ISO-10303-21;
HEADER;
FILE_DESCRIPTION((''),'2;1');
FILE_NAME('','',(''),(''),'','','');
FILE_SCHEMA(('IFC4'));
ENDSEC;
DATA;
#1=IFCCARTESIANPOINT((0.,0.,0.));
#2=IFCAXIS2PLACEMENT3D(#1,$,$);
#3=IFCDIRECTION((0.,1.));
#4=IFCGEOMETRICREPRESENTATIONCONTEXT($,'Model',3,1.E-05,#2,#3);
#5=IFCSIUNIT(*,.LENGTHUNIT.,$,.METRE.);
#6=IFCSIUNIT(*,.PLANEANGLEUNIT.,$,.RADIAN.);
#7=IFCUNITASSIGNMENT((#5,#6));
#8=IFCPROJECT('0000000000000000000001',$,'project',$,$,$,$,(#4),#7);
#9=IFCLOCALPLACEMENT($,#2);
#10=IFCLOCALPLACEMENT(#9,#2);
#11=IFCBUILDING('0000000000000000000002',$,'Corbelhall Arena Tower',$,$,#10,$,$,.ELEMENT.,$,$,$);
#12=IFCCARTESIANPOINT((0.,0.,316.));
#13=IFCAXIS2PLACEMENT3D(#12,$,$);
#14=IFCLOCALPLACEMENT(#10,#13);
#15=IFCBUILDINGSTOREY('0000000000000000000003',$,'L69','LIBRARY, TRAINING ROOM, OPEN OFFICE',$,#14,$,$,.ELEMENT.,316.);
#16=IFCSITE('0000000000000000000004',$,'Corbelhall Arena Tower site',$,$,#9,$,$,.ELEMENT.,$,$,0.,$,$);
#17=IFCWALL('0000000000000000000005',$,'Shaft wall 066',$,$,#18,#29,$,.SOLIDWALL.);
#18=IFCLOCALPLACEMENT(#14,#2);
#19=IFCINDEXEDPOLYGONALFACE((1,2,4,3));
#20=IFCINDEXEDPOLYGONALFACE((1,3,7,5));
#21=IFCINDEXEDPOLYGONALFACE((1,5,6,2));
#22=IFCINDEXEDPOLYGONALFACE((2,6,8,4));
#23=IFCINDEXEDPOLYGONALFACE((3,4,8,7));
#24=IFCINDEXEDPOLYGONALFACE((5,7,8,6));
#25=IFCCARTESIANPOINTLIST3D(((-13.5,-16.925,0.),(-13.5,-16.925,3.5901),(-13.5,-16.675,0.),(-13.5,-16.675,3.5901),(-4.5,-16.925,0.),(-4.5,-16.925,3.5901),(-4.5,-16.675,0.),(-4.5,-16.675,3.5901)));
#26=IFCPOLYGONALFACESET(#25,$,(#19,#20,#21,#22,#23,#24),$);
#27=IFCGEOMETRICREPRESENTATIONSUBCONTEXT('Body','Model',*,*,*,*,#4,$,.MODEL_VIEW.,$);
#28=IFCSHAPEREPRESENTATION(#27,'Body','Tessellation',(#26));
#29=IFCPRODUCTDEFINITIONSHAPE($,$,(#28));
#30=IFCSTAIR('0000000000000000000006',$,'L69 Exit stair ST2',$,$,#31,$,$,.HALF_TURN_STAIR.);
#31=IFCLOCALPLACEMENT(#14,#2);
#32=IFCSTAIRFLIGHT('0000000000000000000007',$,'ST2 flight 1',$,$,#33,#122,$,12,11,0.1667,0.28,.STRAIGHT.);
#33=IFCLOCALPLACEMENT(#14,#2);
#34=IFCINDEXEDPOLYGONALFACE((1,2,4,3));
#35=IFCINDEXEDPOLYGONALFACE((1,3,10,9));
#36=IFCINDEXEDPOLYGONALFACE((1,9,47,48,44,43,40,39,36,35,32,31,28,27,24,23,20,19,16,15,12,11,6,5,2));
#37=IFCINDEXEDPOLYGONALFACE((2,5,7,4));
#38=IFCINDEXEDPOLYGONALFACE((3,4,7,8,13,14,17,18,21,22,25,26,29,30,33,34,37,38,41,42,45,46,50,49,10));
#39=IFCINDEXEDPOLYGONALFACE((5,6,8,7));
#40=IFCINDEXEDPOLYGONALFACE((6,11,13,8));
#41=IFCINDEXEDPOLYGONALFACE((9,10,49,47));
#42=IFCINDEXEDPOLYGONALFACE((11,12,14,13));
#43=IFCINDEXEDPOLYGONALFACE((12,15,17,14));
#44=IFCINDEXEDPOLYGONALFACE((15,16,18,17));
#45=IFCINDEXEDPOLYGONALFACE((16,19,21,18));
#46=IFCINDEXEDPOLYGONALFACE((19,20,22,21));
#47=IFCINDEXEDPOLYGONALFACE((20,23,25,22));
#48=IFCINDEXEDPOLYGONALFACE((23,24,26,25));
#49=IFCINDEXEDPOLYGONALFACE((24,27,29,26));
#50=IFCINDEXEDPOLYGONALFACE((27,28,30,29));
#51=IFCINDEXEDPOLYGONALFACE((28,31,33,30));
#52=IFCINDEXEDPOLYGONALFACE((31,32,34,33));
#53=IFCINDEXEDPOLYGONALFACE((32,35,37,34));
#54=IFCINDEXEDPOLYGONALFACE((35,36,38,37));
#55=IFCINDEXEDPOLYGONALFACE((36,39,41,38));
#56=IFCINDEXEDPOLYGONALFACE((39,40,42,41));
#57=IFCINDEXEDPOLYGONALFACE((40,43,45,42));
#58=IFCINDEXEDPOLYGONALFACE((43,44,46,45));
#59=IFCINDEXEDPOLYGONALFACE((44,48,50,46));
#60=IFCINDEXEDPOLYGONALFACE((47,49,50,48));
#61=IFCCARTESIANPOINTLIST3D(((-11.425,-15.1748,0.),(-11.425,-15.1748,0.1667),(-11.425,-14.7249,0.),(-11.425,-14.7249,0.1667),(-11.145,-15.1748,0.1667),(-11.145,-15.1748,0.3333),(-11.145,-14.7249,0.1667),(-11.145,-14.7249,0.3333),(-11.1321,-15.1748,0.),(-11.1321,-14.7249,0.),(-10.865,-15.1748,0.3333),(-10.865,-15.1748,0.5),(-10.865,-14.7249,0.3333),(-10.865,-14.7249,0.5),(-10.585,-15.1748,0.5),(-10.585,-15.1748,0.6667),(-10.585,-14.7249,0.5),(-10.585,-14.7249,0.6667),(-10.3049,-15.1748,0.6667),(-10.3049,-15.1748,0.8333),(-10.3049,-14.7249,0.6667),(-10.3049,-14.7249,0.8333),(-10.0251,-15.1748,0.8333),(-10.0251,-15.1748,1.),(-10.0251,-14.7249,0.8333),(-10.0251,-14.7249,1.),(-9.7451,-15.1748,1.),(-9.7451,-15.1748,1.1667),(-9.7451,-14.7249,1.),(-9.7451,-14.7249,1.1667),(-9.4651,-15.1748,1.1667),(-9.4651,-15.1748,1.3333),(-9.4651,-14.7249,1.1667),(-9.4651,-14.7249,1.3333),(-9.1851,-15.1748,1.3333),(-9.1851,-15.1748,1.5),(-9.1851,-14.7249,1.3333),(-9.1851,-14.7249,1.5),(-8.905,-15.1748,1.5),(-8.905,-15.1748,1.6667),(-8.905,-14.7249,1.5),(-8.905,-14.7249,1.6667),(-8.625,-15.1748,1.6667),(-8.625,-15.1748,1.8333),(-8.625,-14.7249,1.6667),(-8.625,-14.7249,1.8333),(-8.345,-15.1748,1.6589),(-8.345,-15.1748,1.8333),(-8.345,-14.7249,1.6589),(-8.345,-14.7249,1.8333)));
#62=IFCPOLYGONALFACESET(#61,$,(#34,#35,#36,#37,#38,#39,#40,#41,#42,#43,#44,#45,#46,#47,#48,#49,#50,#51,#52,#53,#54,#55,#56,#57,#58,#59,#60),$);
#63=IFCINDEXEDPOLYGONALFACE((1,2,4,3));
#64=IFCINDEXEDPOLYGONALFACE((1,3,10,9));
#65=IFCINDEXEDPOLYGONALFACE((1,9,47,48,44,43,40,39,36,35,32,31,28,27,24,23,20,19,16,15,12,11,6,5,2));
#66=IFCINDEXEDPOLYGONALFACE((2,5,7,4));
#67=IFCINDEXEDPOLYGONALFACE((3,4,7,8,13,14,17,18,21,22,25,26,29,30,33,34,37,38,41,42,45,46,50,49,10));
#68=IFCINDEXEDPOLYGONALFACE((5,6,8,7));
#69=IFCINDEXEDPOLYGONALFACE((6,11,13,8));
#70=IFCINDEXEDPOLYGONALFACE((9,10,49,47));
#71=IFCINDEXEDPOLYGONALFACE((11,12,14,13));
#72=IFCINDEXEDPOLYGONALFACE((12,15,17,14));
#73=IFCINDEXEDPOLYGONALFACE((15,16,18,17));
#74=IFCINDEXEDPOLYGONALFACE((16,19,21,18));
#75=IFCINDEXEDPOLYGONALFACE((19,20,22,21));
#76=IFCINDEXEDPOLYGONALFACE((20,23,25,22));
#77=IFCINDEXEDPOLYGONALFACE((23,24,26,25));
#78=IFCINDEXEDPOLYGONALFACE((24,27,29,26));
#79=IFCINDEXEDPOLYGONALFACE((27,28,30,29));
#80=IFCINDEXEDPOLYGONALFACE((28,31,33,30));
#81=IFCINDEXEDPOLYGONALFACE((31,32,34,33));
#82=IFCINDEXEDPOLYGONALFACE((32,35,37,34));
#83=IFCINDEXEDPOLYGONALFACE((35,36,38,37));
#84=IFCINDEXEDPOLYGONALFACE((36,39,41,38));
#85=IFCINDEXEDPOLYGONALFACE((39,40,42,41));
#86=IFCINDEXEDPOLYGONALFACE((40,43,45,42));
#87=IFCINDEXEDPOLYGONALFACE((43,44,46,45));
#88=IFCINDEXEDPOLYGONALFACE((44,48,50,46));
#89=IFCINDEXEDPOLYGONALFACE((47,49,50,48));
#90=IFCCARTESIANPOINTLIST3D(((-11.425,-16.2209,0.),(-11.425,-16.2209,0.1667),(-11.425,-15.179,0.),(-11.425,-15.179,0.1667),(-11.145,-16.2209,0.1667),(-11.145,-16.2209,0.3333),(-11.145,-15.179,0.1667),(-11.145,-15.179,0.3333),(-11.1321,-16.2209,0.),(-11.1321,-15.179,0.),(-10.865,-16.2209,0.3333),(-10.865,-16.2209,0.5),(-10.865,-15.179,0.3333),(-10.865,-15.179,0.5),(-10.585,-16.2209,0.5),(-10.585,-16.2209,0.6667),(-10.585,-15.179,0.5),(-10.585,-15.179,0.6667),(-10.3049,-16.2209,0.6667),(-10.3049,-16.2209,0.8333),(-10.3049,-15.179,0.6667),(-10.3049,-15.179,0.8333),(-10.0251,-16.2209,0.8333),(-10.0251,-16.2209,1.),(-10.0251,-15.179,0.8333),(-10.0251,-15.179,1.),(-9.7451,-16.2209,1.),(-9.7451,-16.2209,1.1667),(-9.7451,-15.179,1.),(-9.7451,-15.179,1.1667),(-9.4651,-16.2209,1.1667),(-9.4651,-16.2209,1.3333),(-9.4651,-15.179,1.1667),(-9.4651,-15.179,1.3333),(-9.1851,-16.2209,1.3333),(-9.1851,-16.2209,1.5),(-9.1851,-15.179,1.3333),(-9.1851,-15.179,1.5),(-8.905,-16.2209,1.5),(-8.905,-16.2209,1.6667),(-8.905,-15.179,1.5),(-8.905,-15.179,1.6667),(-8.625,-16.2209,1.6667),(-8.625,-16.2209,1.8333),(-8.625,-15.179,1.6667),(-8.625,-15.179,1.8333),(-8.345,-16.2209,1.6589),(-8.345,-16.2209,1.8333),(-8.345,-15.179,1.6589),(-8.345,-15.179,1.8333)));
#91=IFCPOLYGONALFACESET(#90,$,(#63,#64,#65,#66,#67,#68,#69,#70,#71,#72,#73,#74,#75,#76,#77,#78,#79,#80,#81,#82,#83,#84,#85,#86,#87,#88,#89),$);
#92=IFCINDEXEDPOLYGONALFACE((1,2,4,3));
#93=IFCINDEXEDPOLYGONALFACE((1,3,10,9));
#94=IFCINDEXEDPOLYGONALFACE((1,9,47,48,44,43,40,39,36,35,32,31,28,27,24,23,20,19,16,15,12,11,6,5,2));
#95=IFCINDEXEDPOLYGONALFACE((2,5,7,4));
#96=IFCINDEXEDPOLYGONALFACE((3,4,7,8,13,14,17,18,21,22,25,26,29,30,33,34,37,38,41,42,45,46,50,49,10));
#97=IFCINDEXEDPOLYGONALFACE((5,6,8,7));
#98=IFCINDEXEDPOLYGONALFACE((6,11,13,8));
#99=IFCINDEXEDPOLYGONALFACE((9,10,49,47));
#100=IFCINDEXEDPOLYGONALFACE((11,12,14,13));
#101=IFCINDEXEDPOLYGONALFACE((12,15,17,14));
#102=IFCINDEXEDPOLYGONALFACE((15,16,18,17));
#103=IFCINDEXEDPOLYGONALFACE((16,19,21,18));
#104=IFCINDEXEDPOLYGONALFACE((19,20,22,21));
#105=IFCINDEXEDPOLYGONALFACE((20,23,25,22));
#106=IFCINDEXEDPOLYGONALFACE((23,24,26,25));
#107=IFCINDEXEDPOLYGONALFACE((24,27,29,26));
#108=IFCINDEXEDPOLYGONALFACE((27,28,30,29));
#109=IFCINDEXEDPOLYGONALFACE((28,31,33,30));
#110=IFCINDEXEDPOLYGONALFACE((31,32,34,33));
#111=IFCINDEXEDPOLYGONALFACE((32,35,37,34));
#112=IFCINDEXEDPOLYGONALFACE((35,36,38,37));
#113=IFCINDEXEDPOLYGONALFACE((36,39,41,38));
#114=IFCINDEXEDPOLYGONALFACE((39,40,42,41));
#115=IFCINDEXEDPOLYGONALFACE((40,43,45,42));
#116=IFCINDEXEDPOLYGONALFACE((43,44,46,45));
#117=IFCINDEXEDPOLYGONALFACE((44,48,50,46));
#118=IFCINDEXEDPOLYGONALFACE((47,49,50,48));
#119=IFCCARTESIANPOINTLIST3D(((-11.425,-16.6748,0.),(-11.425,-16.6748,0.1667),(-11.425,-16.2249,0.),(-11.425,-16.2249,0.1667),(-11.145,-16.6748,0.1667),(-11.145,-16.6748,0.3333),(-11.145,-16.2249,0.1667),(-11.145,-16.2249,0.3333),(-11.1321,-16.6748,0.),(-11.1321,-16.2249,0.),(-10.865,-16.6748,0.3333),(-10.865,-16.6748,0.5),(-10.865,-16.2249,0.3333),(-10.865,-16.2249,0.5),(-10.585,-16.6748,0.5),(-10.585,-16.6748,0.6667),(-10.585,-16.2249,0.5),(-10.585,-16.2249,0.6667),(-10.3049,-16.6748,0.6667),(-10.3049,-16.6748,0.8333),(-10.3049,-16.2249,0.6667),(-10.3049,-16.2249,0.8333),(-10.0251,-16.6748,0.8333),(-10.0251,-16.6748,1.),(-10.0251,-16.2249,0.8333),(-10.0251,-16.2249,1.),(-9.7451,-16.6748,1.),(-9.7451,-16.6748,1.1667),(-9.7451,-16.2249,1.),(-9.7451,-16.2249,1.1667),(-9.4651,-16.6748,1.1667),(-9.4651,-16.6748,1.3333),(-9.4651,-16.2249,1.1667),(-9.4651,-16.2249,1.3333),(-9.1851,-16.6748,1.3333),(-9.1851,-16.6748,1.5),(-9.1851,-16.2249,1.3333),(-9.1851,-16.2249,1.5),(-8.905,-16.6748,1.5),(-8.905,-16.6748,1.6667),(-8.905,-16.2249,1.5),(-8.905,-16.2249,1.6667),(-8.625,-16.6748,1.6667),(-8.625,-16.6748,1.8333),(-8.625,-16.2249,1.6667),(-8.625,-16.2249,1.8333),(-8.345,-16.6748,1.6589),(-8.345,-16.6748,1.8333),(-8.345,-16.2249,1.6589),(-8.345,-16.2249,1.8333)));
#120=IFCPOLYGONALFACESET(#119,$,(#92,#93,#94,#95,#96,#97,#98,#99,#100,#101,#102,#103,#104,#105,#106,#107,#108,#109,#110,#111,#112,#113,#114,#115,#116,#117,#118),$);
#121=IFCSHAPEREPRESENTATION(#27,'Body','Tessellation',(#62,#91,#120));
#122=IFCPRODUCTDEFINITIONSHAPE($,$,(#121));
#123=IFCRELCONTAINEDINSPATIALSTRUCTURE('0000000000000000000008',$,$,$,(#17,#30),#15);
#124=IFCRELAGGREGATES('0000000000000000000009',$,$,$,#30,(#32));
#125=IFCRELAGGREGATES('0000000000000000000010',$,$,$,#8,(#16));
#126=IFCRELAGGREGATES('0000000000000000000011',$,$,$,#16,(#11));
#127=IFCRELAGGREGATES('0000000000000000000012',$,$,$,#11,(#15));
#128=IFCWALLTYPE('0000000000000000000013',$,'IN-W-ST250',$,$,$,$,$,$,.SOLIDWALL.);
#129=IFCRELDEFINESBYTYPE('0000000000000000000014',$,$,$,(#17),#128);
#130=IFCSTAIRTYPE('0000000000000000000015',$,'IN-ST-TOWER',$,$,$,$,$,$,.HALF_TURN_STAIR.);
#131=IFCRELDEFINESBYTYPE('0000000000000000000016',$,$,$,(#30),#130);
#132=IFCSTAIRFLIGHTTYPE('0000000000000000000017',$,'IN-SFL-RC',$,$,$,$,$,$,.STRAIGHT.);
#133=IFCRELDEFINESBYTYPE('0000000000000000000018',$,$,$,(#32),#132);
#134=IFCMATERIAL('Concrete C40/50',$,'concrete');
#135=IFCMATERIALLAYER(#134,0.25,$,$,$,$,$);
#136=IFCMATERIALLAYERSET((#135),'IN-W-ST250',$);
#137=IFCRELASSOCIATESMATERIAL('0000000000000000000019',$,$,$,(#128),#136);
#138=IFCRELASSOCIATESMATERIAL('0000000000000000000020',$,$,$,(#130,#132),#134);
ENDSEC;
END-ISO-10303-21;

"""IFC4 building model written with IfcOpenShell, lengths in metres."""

from ifc_helpers import new_model, si_unit, direction, frame, frame_2d, origin, place, context, subcontext, project, spatial, polyline, rectangle, outline, extrude, material, layer, layer_set, type_object, element, aggregate, save


model = new_model("IFC4")

# Units and contexts
model_context = context("Model", 3, precision=1e-05, world=origin(), true_north=direction((0.0, 1.0)))
body_context = subcontext(model_context, "Body", "Model", "MODEL_VIEW")
ifc_project = project(units=[si_unit("LENGTHUNIT", "METRE"), si_unit("PLANEANGLEUNIT", "RADIAN")], contexts=[model_context])

# Site, building, storey
site_placement = place(None, origin())
site = spatial("IfcSite", under=ifc_project, at=site_placement, Name="Corbelhall Arena Tower site", CompositionType="ELEMENT", RefElevation=0.0)
building_placement = place(site_placement, origin())
building = spatial("IfcBuilding", under=site, at=building_placement, Name="Corbelhall Arena Tower", CompositionType="ELEMENT")
storey_placement = place(building_placement, frame((0.0, 0.0, 316.0)))
storey = spatial("IfcBuildingStorey", under=building, at=storey_placement, Name="L69", Description="LIBRARY, TRAINING ROOM, OPEN OFFICE", CompositionType="ELEMENT", Elevation=316.0)

# Wall
ifc_material_1 = material(Name="Concrete C40/50", Category="concrete")
ifc_layer_1 = layer(ifc_material_1, 0.25)
ifc_layer_set_1 = layer_set([ifc_layer_1], Name="IN-W-ST250")
wall_type_1 = type_object("IfcWallType", Name="IN-W-ST250", PredefinedType="SOLIDWALL", material=ifc_layer_set_1)
wall_1_placement = place(storey_placement, frame((-4.5, -16.8, 0.0), z_axis=(0.0, 0.0, 1.0), x_axis=(-1.0, 0.0, 0.0)))
element("IfcWall", 1, at=wall_1_placement, inside=storey, type_object=wall_type_1, Name="Shaft wall 066", PredefinedType="SOLIDWALL", context=body_context, shape_type="SweptSolid", body=[
    extrude(rectangle(XDim=9.0, YDim=0.25, at=frame_2d((4.5, 0.0))), origin(), (0.0, 0.0, 1.0), 3.5901),
])

# Stair, stair flight
stair_type = type_object("IfcStairType", Name="IN-ST-TOWER", PredefinedType="HALF_TURN_STAIR", material=ifc_material_1)
stair_placement = place(storey_placement, origin())
stair = element("IfcStair", 2, at=stair_placement, inside=storey, type_object=stair_type, Name="L69 Exit stair ST2", PredefinedType="HALF_TURN_STAIR")
stair_flight_type = type_object("IfcStairFlightType", Name="IN-SFL-RC", PredefinedType="STRAIGHT", material=ifc_material_1)
stair_flight_1_placement = place(storey_placement, frame((-11.425, -15.7, 0.0), z_axis=(0.0, 0.0, 1.0), x_axis=(1.0, 0.0, 0.0)))
stair_flight_1 = element("IfcStairFlight", 3, at=stair_flight_1_placement, type_object=stair_flight_type, Name="ST2 flight 1", NumberOfRisers=12, NumberOfTreads=11, PredefinedType="STRAIGHT", RiserHeight=0.1667, TreadLength=0.28, context=body_context, shape_type="SweptSolid", body=[
    extrude(outline(polyline([(0.0, 0.0), (0.0, 0.1667), (0.28, 0.1667), (0.28, 0.3333), (0.5601, 0.3333), (0.5601, 0.5), (0.8401, 0.5), (0.8401, 0.6667), (1.1201, 0.6667), (1.1201, 0.8333), (1.3999, 0.8333), (1.3999, 1.0), (1.6799, 1.0), (1.6799, 1.1667), (1.96, 1.1667), (1.96, 1.3333), (2.24, 1.3333), (2.24, 1.5), (2.52, 1.5), (2.52, 1.6667), (2.8, 1.6667), (2.8, 1.8333), (3.0801, 1.8333), (3.0801, 2.0), (3.0801, 1.6589), (0.293, 0.0), (0.0, 0.0)])), frame((0.0, 0.9751, 0.0), z_axis=(0.0, -1.0, 0.0), x_axis=(1.0, 0.0, 0.0)), (0.0, 0.0, 1.0), 0.45),
    extrude(outline(polyline([(0.0, 0.0), (0.0, 0.1667), (0.28, 0.1667), (0.28, 0.3333), (0.5601, 0.3333), (0.5601, 0.5), (0.8401, 0.5), (0.8401, 0.6667), (1.1201, 0.6667), (1.1201, 0.8333), (1.3999, 0.8333), (1.3999, 1.0), (1.6799, 1.0), (1.6799, 1.1667), (1.96, 1.1667), (1.96, 1.3333), (2.24, 1.3333), (2.24, 1.5), (2.52, 1.5), (2.52, 1.6667), (2.8, 1.6667), (2.8, 1.8333), (3.0801, 1.8333), (3.0801, 2.0), (3.0801, 1.6589), (0.293, 0.0), (0.0, 0.0)])), frame((0.0, 0.521, 0.0), z_axis=(0.0, -1.0, 0.0), x_axis=(1.0, 0.0, 0.0)), (0.0, 0.0, 1.0), 1.042),
    extrude(outline(polyline([(0.0, 0.0), (0.0, 0.1667), (0.28, 0.1667), (0.28, 0.3333), (0.5601, 0.3333), (0.5601, 0.5), (0.8401, 0.5), (0.8401, 0.6667), (1.1201, 0.6667), (1.1201, 0.8333), (1.3999, 0.8333), (1.3999, 1.0), (1.6799, 1.0), (1.6799, 1.1667), (1.96, 1.1667), (1.96, 1.3333), (2.24, 1.3333), (2.24, 1.5), (2.52, 1.5), (2.52, 1.6667), (2.8, 1.6667), (2.8, 1.8333), (3.0801, 1.8333), (3.0801, 2.0), (3.0801, 1.6589), (0.293, 0.0), (0.0, 0.0)])), frame((0.0, -0.5249, 0.0), z_axis=(0.0, -1.0, 0.0), x_axis=(1.0, 0.0, 0.0)), (0.0, 0.0, 1.0), 0.45),
])
aggregate(stair, [stair_flight_1])

save(model, "model.ifc")
